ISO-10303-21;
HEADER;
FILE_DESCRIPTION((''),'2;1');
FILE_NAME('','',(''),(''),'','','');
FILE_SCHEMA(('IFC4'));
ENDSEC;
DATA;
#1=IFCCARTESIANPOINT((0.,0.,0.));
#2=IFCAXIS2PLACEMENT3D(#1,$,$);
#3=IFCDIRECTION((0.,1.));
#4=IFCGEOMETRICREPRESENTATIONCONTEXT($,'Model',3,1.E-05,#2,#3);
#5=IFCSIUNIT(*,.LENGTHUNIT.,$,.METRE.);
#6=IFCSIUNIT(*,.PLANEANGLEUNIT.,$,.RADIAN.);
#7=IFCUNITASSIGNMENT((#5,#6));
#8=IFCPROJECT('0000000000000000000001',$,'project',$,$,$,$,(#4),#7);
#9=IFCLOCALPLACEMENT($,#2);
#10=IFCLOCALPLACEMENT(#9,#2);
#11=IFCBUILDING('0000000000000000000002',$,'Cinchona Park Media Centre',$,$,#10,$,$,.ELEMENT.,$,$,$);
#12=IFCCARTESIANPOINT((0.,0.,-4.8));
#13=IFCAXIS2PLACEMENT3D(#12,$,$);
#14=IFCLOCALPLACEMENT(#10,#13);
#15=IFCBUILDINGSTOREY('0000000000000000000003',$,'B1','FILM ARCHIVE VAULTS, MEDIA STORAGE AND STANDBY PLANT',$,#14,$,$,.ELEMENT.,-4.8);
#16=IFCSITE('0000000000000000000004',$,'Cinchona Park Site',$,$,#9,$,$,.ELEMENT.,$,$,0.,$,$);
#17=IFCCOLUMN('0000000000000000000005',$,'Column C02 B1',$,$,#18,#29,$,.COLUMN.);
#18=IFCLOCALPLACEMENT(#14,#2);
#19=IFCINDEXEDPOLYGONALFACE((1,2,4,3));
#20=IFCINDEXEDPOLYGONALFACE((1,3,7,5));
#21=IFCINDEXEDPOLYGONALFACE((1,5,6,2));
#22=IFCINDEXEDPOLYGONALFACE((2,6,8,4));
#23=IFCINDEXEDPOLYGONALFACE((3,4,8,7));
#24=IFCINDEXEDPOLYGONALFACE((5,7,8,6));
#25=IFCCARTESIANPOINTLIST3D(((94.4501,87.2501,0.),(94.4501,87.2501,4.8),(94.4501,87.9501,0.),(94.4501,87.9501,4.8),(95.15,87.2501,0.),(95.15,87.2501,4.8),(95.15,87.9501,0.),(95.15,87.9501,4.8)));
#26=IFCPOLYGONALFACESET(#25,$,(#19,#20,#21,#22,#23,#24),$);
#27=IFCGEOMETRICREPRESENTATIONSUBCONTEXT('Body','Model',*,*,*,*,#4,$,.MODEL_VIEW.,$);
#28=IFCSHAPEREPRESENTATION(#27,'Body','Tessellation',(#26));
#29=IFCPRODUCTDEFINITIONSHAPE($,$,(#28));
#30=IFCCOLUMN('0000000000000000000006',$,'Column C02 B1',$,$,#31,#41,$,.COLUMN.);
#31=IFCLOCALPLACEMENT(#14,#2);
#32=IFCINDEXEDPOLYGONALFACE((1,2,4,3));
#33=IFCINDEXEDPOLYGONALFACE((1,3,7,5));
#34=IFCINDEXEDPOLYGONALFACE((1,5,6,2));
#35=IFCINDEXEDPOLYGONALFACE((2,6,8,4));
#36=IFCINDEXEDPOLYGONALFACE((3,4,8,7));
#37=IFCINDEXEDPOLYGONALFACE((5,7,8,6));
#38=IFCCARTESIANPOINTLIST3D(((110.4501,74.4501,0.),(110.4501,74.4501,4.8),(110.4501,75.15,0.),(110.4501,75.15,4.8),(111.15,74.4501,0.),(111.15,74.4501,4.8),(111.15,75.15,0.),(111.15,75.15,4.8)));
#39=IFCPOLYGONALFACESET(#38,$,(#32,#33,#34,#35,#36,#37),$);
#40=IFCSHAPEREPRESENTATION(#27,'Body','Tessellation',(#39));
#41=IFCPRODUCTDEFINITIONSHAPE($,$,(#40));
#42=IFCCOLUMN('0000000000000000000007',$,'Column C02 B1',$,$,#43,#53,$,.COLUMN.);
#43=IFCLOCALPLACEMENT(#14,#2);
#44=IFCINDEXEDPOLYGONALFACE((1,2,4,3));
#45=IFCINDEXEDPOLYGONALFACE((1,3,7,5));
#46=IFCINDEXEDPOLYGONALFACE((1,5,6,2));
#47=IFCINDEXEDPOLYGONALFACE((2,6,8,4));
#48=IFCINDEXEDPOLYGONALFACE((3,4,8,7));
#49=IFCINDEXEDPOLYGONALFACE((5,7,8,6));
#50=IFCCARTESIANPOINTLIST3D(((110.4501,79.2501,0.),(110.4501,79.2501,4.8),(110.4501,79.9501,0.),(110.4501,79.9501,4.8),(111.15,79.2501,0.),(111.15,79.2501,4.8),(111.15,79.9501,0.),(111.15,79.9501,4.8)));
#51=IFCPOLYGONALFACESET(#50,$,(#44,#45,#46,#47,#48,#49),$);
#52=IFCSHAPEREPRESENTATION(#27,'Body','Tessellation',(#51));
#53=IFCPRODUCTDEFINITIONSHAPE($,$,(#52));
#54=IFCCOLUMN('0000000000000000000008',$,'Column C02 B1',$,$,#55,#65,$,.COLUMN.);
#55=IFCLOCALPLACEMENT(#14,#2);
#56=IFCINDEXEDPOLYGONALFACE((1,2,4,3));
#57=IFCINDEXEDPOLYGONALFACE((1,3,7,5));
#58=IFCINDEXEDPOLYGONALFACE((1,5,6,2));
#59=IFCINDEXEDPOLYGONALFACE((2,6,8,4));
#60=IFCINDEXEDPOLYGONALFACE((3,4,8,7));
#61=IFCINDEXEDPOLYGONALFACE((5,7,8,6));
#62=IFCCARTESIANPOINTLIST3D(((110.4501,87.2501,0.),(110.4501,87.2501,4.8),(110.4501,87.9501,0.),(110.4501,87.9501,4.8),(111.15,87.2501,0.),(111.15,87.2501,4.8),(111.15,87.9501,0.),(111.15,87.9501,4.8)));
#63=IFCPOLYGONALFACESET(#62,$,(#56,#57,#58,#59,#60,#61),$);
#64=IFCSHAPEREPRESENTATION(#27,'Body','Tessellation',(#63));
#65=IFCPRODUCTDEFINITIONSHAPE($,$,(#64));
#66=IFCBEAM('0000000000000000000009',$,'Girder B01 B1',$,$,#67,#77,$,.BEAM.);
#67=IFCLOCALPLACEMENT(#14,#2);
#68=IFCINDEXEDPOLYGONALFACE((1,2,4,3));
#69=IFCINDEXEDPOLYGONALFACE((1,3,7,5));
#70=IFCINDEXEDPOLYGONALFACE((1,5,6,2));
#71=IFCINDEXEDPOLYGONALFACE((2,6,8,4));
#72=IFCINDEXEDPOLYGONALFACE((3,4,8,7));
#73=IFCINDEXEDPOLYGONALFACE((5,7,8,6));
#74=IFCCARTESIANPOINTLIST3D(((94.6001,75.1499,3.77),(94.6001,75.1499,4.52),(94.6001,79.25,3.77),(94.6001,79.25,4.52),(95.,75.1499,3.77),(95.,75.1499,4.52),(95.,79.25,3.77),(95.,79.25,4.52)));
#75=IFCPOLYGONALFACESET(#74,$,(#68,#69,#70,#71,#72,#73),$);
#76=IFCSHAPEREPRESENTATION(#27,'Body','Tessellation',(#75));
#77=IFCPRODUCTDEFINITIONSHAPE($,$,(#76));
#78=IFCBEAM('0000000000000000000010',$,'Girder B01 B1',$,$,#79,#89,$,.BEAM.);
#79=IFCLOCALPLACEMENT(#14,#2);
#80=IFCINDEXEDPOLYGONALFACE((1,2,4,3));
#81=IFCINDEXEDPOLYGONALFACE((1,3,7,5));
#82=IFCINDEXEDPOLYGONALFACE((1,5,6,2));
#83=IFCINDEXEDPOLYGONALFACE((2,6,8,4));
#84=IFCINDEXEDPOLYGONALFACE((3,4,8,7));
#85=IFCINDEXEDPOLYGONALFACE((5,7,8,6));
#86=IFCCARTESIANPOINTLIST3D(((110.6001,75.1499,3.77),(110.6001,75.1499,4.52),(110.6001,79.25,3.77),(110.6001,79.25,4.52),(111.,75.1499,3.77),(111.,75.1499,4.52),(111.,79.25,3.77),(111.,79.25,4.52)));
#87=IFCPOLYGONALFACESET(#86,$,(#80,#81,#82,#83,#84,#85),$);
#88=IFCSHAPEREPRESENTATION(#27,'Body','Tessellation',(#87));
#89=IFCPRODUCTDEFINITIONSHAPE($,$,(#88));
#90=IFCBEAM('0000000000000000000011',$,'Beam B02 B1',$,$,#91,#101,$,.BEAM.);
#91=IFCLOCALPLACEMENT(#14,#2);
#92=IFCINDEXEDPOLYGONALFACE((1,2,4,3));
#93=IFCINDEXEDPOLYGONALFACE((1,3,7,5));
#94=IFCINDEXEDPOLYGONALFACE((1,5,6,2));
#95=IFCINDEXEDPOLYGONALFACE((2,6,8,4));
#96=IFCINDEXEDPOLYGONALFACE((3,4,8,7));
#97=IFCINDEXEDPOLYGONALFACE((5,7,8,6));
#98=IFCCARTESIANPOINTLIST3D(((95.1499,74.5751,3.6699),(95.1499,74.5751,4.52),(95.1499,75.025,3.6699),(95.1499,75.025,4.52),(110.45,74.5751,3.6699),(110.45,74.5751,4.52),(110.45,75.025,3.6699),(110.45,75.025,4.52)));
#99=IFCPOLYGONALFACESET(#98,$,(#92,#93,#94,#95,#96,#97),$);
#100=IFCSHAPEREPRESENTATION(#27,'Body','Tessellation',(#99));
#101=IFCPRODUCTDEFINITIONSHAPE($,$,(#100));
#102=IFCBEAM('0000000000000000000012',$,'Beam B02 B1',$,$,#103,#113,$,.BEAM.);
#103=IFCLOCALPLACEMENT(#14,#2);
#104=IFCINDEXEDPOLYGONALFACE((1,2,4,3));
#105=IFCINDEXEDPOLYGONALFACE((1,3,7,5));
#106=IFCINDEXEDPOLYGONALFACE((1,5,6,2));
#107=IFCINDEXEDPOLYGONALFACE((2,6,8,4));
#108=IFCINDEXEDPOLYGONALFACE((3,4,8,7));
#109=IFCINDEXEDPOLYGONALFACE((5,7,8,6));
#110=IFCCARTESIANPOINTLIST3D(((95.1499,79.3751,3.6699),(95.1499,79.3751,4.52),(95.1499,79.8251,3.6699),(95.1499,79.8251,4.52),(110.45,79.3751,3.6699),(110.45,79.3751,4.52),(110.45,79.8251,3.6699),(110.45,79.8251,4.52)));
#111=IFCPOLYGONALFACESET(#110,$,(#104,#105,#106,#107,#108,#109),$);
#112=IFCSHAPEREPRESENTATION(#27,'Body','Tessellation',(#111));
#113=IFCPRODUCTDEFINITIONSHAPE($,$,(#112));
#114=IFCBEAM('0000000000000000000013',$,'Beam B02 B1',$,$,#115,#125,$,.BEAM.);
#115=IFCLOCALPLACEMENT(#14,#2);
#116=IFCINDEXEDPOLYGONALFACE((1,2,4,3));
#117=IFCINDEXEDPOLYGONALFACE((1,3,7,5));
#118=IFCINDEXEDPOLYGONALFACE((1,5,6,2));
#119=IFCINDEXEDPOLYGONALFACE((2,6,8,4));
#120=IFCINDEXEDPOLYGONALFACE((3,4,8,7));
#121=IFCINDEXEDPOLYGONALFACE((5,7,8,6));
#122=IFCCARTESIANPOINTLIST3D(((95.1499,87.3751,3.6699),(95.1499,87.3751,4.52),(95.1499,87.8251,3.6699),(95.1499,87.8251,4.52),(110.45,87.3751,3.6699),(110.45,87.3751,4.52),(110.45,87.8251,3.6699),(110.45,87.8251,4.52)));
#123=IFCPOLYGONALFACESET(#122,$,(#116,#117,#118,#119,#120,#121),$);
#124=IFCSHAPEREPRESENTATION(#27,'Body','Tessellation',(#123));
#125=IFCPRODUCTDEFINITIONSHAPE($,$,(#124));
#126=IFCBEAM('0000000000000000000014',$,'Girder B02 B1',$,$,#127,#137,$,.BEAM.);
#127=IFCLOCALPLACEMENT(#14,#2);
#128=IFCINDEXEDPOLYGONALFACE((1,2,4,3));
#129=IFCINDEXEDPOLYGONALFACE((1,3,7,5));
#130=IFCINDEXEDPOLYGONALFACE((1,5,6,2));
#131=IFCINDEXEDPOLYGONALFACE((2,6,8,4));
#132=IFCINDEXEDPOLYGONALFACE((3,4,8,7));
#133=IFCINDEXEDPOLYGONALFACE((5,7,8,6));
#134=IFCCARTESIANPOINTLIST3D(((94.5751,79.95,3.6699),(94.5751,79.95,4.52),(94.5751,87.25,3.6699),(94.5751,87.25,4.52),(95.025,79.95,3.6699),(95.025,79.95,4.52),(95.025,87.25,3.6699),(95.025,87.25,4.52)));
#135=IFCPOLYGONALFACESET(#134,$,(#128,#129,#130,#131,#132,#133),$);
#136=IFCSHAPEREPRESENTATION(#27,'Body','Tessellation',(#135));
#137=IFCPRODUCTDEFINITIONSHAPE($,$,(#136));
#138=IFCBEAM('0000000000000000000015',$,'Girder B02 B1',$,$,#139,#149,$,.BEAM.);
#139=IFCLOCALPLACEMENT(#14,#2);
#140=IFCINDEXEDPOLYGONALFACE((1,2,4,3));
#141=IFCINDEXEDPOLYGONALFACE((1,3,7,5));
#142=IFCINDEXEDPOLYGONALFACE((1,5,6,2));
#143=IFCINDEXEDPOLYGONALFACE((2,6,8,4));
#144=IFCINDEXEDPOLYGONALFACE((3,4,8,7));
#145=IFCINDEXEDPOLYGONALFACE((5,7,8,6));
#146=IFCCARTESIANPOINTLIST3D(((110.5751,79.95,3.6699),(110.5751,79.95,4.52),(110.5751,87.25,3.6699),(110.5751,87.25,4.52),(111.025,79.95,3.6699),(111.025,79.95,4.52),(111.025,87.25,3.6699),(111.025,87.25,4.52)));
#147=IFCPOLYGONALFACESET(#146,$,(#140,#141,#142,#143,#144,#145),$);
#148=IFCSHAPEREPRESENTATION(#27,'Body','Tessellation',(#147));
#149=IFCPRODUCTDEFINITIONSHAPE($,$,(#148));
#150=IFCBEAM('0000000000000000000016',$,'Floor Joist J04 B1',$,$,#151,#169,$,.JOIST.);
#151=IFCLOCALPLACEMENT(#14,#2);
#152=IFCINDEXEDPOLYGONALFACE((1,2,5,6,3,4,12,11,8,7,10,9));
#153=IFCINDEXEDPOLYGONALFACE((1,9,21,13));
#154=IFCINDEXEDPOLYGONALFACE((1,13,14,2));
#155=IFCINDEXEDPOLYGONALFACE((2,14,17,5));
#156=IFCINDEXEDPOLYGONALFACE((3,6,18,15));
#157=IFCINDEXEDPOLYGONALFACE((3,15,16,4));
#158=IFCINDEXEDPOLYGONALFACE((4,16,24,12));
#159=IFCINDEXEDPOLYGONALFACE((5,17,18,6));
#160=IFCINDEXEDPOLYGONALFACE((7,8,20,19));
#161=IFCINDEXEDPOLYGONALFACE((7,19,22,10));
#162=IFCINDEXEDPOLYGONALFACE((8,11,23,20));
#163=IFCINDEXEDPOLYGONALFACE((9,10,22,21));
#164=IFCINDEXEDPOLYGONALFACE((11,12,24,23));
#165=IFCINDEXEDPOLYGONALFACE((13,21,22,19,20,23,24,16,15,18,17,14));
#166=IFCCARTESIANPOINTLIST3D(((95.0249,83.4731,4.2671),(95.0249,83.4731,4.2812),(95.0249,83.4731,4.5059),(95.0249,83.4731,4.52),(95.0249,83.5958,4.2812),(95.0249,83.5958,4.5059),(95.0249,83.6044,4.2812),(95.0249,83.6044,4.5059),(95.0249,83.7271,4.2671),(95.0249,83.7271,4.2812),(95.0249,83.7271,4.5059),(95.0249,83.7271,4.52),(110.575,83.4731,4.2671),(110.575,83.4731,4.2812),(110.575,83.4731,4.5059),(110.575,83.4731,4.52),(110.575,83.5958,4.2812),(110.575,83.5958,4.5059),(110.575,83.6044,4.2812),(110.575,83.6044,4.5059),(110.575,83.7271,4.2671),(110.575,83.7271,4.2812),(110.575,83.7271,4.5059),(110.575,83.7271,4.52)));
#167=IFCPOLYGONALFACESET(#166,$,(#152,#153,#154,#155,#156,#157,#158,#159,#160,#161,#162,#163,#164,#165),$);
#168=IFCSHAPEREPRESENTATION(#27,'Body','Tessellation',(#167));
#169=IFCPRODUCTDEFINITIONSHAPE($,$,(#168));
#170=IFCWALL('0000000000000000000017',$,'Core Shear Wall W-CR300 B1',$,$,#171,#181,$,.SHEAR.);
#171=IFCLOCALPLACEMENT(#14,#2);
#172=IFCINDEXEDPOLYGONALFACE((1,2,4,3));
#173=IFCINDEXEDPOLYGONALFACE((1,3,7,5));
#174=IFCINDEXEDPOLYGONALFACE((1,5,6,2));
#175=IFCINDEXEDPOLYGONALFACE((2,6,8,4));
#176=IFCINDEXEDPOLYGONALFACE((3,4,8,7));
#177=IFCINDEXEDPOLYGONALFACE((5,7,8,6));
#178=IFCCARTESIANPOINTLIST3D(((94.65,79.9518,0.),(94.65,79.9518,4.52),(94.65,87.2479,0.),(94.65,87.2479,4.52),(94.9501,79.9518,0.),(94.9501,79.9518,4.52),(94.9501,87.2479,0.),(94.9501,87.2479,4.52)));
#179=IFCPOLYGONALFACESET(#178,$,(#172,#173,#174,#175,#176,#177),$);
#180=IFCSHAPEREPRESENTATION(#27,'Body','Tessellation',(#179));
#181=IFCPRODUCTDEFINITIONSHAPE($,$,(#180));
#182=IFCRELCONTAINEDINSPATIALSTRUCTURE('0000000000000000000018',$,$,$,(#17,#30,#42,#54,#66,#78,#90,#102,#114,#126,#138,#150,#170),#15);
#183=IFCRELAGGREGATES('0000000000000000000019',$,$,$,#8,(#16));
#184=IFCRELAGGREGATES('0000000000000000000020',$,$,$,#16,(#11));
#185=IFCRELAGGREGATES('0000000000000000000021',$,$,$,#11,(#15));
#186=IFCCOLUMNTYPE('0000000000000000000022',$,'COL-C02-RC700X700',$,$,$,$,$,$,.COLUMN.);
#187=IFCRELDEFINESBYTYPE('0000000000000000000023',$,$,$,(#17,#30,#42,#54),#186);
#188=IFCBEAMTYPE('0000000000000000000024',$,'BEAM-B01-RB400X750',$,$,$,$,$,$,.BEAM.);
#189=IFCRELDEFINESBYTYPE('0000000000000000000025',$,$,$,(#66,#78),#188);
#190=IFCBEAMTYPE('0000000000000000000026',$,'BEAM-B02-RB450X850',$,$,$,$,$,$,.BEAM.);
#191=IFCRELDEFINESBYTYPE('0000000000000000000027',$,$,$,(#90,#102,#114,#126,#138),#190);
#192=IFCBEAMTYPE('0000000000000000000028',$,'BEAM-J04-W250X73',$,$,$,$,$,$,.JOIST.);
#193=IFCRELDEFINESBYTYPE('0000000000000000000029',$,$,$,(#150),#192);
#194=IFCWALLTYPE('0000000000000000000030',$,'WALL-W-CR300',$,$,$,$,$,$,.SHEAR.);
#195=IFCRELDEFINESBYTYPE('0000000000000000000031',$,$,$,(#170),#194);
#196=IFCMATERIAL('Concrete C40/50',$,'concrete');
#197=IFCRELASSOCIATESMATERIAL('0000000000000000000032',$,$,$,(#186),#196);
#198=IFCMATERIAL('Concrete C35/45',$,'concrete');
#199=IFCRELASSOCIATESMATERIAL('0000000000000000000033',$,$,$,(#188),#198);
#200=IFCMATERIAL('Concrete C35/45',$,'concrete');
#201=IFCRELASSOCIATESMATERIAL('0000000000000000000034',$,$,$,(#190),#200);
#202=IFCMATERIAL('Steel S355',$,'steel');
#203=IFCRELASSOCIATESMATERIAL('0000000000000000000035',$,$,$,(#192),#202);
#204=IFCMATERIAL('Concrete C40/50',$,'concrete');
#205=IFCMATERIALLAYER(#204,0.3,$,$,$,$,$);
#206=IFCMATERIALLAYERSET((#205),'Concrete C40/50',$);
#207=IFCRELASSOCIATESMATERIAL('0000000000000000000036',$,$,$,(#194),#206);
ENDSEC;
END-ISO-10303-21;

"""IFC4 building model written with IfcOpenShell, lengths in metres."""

from ifc_helpers import new_model, si_unit, direction, frame, frame_2d, origin, origin_2d, place, context, subcontext, project, spatial, rectangle, i_section, extrude, material, layer, layer_set, material_profile, profile_set, type_object, element, save


model = new_model("IFC4")

# Units and contexts
model_context = context("Model", 3, precision=1e-05, world=origin(), true_north=direction((0.0, 1.0)))
body_context = subcontext(model_context, "Body", "Model", "MODEL_VIEW")
ifc_project = project(units=[si_unit("LENGTHUNIT", "METRE"), si_unit("PLANEANGLEUNIT", "RADIAN")], contexts=[model_context])

# Site, building, storey
site_placement = place(None, origin())
site = spatial("IfcSite", under=ifc_project, at=site_placement, Name="Cinchona Park Site", CompositionType="ELEMENT", RefElevation=0.0)
building_placement = place(site_placement, origin())
building = spatial("IfcBuilding", under=site, at=building_placement, Name="Cinchona Park Media Centre", CompositionType="ELEMENT")
storey_placement = place(building_placement, frame((0.0, 0.0, -4.8)))
storey = spatial("IfcBuildingStorey", under=building, at=storey_placement, Name="B1", Description="FILM ARCHIVE VAULTS, MEDIA STORAGE AND STANDBY PLANT", CompositionType="ELEMENT", Elevation=-4.8)

# Columns
ifc_material_1 = material(Name="Concrete C40/50", Category="concrete")
ifc_material_profile_1 = material_profile(ifc_material_1, rectangle(XDim=0.7, YDim=0.7, at=origin_2d()), Name="RC 700X700")
ifc_profile_set_1 = profile_set([ifc_material_profile_1], Name="Concrete C40/50")
column_type = type_object("IfcColumnType", Name="COL-C02-RC700X700", PredefinedType="COLUMN", material=ifc_profile_set_1)
for number, where, z_axis, x_axis, name in (
    (1, (94.8, 87.6001, 0.0), (0.0, 0.0, 1.0), (1.0, 0.0, 0.0), "Column C02 B1"),
    (2, (110.8, 74.8, 0.0), (0.0, 0.0, 1.0), (1.0, 0.0, 0.0), "Column C02 B1"),
    (3, (110.8, 79.6001, 0.0), (0.0, 0.0, 1.0), (1.0, 0.0, 0.0), "Column C02 B1"),
    (4, (110.8, 87.6001, 0.0), (0.0, 0.0, 1.0), (1.0, 0.0, 0.0), "Column C02 B1"),
):
    element("IfcColumn", number, at=place(storey_placement, frame(where, z_axis=z_axis, x_axis=x_axis)), inside=storey, type_object=column_type, Name=name, PredefinedType="COLUMN", context=body_context, shape_type="SweptSolid", body=[
        extrude(rectangle(XDim=0.7, YDim=0.7, at=origin_2d()), origin(), (0.0, 0.0, 1.0), 4.8),
    ])

# Beams
ifc_material_2 = material(Name="Concrete C35/45", Category="concrete")
ifc_material_profile_2 = material_profile(ifc_material_2, rectangle(XDim=0.3999, YDim=0.75, at=origin_2d()), Name="RB 400X750")
ifc_profile_set_2 = profile_set([ifc_material_profile_2], Name="Concrete C35/45")
beam_type_1 = type_object("IfcBeamType", Name="BEAM-B01-RB400X750", PredefinedType="BEAM", material=ifc_profile_set_2)
for number, where, z_axis, x_axis, name in (
    (5, (94.8, 75.1499, 4.145), (0.0, 1.0, 0.0), (-1.0, 0.0, 0.0), "Girder B01 B1"),
    (6, (110.8, 75.1499, 4.145), (0.0, 1.0, 0.0), (-1.0, 0.0, 0.0), "Girder B01 B1"),
):
    element("IfcBeam", number, at=place(storey_placement, frame(where, z_axis=z_axis, x_axis=x_axis)), inside=storey, type_object=beam_type_1, Name=name, PredefinedType="BEAM", context=body_context, shape_type="SweptSolid", body=[
        extrude(rectangle(XDim=0.3999, YDim=0.75, at=origin_2d()), origin(), (0.0, 0.0, 1.0), 4.1001),
    ])
ifc_material_3 = material(Name="Concrete C35/45", Category="concrete")
ifc_material_profile_3 = material_profile(ifc_material_3, rectangle(XDim=0.45, YDim=0.8501, at=origin_2d()), Name="RB 450X850")
ifc_profile_set_3 = profile_set([ifc_material_profile_3], Name="Concrete C35/45")
beam_type_2 = type_object("IfcBeamType", Name="BEAM-B02-RB450X850", PredefinedType="BEAM", material=ifc_profile_set_3)
for number, where, z_axis, x_axis, name in (
    (7, (95.1499, 74.8, 4.095), (1.0, 0.0, 0.0), (0.0, 1.0, 0.0), "Beam B02 B1"),
    (8, (95.1499, 79.6001, 4.095), (1.0, 0.0, 0.0), (0.0, 1.0, 0.0), "Beam B02 B1"),
    (9, (95.1499, 87.6001, 4.095), (1.0, 0.0, 0.0), (0.0, 1.0, 0.0), "Beam B02 B1"),
):
    element("IfcBeam", number, at=place(storey_placement, frame(where, z_axis=z_axis, x_axis=x_axis)), inside=storey, type_object=beam_type_2, Name=name, PredefinedType="BEAM", context=body_context, shape_type="SweptSolid", body=[
        extrude(rectangle(XDim=0.45, YDim=0.8501, at=origin_2d()), origin(), (0.0, 0.0, 1.0), 15.3),
    ])
for number, where, z_axis, x_axis, name in (
    (10, (94.8, 79.95, 4.095), (0.0, 1.0, 0.0), (-1.0, 0.0, 0.0), "Girder B02 B1"),
    (11, (110.8, 79.95, 4.095), (0.0, 1.0, 0.0), (-1.0, 0.0, 0.0), "Girder B02 B1"),
):
    element("IfcBeam", number, at=place(storey_placement, frame(where, z_axis=z_axis, x_axis=x_axis)), inside=storey, type_object=beam_type_2, Name=name, PredefinedType="BEAM", context=body_context, shape_type="SweptSolid", body=[
        extrude(rectangle(XDim=0.45, YDim=0.8501, at=origin_2d()), origin(), (0.0, 0.0, 1.0), 7.3),
    ])
ifc_material_4 = material(Name="Steel S355", Category="steel")
ifc_material_profile_4 = material_profile(ifc_material_4, i_section(OverallWidth=0.2539, OverallDepth=0.2529, WebThickness=0.0085, FlangeThickness=0.0142, at=origin_2d()), Name="W250X73")
ifc_profile_set_4 = profile_set([ifc_material_profile_4], Name="Steel S355")
beam_type_3 = type_object("IfcBeamType", Name="BEAM-J04-W250X73", PredefinedType="JOIST", material=ifc_profile_set_4)
beam_placement = place(storey_placement, frame((95.0249, 83.6001, 4.3936), z_axis=(1.0, 0.0, 0.0), x_axis=(0.0, 1.0, 0.0)))
element("IfcBeam", 12, at=beam_placement, inside=storey, type_object=beam_type_3, Name="Floor Joist J04 B1", PredefinedType="JOIST", context=body_context, shape_type="SweptSolid", body=[
    extrude(i_section(OverallWidth=0.2539, OverallDepth=0.2529, WebThickness=0.0085, FlangeThickness=0.0142, at=origin_2d()), origin(), (0.0, 0.0, 1.0), 15.55),
])

# Wall
ifc_material_5 = material(Name="Concrete C40/50", Category="concrete")
ifc_layer_1 = layer(ifc_material_5, 0.3)
ifc_layer_set_1 = layer_set([ifc_layer_1], Name="Concrete C40/50")
wall_type_1 = type_object("IfcWallType", Name="WALL-W-CR300", PredefinedType="SHEAR", material=ifc_layer_set_1)
wall_1_placement = place(storey_placement, frame((94.8, 79.9519, 0.0), z_axis=(0.0, 0.0, 1.0), x_axis=(0.0, 1.0, 0.0)))
element("IfcWall", 13, at=wall_1_placement, inside=storey, type_object=wall_type_1, Name="Core Shear Wall W-CR300 B1", PredefinedType="SHEAR", context=body_context, shape_type="SweptSolid", body=[
    extrude(rectangle(XDim=7.2961, YDim=0.3, at=frame_2d((3.6479, 0.0))), origin(), (0.0, 0.0, 1.0), 4.52),
])

save(model, "model.ifc")
